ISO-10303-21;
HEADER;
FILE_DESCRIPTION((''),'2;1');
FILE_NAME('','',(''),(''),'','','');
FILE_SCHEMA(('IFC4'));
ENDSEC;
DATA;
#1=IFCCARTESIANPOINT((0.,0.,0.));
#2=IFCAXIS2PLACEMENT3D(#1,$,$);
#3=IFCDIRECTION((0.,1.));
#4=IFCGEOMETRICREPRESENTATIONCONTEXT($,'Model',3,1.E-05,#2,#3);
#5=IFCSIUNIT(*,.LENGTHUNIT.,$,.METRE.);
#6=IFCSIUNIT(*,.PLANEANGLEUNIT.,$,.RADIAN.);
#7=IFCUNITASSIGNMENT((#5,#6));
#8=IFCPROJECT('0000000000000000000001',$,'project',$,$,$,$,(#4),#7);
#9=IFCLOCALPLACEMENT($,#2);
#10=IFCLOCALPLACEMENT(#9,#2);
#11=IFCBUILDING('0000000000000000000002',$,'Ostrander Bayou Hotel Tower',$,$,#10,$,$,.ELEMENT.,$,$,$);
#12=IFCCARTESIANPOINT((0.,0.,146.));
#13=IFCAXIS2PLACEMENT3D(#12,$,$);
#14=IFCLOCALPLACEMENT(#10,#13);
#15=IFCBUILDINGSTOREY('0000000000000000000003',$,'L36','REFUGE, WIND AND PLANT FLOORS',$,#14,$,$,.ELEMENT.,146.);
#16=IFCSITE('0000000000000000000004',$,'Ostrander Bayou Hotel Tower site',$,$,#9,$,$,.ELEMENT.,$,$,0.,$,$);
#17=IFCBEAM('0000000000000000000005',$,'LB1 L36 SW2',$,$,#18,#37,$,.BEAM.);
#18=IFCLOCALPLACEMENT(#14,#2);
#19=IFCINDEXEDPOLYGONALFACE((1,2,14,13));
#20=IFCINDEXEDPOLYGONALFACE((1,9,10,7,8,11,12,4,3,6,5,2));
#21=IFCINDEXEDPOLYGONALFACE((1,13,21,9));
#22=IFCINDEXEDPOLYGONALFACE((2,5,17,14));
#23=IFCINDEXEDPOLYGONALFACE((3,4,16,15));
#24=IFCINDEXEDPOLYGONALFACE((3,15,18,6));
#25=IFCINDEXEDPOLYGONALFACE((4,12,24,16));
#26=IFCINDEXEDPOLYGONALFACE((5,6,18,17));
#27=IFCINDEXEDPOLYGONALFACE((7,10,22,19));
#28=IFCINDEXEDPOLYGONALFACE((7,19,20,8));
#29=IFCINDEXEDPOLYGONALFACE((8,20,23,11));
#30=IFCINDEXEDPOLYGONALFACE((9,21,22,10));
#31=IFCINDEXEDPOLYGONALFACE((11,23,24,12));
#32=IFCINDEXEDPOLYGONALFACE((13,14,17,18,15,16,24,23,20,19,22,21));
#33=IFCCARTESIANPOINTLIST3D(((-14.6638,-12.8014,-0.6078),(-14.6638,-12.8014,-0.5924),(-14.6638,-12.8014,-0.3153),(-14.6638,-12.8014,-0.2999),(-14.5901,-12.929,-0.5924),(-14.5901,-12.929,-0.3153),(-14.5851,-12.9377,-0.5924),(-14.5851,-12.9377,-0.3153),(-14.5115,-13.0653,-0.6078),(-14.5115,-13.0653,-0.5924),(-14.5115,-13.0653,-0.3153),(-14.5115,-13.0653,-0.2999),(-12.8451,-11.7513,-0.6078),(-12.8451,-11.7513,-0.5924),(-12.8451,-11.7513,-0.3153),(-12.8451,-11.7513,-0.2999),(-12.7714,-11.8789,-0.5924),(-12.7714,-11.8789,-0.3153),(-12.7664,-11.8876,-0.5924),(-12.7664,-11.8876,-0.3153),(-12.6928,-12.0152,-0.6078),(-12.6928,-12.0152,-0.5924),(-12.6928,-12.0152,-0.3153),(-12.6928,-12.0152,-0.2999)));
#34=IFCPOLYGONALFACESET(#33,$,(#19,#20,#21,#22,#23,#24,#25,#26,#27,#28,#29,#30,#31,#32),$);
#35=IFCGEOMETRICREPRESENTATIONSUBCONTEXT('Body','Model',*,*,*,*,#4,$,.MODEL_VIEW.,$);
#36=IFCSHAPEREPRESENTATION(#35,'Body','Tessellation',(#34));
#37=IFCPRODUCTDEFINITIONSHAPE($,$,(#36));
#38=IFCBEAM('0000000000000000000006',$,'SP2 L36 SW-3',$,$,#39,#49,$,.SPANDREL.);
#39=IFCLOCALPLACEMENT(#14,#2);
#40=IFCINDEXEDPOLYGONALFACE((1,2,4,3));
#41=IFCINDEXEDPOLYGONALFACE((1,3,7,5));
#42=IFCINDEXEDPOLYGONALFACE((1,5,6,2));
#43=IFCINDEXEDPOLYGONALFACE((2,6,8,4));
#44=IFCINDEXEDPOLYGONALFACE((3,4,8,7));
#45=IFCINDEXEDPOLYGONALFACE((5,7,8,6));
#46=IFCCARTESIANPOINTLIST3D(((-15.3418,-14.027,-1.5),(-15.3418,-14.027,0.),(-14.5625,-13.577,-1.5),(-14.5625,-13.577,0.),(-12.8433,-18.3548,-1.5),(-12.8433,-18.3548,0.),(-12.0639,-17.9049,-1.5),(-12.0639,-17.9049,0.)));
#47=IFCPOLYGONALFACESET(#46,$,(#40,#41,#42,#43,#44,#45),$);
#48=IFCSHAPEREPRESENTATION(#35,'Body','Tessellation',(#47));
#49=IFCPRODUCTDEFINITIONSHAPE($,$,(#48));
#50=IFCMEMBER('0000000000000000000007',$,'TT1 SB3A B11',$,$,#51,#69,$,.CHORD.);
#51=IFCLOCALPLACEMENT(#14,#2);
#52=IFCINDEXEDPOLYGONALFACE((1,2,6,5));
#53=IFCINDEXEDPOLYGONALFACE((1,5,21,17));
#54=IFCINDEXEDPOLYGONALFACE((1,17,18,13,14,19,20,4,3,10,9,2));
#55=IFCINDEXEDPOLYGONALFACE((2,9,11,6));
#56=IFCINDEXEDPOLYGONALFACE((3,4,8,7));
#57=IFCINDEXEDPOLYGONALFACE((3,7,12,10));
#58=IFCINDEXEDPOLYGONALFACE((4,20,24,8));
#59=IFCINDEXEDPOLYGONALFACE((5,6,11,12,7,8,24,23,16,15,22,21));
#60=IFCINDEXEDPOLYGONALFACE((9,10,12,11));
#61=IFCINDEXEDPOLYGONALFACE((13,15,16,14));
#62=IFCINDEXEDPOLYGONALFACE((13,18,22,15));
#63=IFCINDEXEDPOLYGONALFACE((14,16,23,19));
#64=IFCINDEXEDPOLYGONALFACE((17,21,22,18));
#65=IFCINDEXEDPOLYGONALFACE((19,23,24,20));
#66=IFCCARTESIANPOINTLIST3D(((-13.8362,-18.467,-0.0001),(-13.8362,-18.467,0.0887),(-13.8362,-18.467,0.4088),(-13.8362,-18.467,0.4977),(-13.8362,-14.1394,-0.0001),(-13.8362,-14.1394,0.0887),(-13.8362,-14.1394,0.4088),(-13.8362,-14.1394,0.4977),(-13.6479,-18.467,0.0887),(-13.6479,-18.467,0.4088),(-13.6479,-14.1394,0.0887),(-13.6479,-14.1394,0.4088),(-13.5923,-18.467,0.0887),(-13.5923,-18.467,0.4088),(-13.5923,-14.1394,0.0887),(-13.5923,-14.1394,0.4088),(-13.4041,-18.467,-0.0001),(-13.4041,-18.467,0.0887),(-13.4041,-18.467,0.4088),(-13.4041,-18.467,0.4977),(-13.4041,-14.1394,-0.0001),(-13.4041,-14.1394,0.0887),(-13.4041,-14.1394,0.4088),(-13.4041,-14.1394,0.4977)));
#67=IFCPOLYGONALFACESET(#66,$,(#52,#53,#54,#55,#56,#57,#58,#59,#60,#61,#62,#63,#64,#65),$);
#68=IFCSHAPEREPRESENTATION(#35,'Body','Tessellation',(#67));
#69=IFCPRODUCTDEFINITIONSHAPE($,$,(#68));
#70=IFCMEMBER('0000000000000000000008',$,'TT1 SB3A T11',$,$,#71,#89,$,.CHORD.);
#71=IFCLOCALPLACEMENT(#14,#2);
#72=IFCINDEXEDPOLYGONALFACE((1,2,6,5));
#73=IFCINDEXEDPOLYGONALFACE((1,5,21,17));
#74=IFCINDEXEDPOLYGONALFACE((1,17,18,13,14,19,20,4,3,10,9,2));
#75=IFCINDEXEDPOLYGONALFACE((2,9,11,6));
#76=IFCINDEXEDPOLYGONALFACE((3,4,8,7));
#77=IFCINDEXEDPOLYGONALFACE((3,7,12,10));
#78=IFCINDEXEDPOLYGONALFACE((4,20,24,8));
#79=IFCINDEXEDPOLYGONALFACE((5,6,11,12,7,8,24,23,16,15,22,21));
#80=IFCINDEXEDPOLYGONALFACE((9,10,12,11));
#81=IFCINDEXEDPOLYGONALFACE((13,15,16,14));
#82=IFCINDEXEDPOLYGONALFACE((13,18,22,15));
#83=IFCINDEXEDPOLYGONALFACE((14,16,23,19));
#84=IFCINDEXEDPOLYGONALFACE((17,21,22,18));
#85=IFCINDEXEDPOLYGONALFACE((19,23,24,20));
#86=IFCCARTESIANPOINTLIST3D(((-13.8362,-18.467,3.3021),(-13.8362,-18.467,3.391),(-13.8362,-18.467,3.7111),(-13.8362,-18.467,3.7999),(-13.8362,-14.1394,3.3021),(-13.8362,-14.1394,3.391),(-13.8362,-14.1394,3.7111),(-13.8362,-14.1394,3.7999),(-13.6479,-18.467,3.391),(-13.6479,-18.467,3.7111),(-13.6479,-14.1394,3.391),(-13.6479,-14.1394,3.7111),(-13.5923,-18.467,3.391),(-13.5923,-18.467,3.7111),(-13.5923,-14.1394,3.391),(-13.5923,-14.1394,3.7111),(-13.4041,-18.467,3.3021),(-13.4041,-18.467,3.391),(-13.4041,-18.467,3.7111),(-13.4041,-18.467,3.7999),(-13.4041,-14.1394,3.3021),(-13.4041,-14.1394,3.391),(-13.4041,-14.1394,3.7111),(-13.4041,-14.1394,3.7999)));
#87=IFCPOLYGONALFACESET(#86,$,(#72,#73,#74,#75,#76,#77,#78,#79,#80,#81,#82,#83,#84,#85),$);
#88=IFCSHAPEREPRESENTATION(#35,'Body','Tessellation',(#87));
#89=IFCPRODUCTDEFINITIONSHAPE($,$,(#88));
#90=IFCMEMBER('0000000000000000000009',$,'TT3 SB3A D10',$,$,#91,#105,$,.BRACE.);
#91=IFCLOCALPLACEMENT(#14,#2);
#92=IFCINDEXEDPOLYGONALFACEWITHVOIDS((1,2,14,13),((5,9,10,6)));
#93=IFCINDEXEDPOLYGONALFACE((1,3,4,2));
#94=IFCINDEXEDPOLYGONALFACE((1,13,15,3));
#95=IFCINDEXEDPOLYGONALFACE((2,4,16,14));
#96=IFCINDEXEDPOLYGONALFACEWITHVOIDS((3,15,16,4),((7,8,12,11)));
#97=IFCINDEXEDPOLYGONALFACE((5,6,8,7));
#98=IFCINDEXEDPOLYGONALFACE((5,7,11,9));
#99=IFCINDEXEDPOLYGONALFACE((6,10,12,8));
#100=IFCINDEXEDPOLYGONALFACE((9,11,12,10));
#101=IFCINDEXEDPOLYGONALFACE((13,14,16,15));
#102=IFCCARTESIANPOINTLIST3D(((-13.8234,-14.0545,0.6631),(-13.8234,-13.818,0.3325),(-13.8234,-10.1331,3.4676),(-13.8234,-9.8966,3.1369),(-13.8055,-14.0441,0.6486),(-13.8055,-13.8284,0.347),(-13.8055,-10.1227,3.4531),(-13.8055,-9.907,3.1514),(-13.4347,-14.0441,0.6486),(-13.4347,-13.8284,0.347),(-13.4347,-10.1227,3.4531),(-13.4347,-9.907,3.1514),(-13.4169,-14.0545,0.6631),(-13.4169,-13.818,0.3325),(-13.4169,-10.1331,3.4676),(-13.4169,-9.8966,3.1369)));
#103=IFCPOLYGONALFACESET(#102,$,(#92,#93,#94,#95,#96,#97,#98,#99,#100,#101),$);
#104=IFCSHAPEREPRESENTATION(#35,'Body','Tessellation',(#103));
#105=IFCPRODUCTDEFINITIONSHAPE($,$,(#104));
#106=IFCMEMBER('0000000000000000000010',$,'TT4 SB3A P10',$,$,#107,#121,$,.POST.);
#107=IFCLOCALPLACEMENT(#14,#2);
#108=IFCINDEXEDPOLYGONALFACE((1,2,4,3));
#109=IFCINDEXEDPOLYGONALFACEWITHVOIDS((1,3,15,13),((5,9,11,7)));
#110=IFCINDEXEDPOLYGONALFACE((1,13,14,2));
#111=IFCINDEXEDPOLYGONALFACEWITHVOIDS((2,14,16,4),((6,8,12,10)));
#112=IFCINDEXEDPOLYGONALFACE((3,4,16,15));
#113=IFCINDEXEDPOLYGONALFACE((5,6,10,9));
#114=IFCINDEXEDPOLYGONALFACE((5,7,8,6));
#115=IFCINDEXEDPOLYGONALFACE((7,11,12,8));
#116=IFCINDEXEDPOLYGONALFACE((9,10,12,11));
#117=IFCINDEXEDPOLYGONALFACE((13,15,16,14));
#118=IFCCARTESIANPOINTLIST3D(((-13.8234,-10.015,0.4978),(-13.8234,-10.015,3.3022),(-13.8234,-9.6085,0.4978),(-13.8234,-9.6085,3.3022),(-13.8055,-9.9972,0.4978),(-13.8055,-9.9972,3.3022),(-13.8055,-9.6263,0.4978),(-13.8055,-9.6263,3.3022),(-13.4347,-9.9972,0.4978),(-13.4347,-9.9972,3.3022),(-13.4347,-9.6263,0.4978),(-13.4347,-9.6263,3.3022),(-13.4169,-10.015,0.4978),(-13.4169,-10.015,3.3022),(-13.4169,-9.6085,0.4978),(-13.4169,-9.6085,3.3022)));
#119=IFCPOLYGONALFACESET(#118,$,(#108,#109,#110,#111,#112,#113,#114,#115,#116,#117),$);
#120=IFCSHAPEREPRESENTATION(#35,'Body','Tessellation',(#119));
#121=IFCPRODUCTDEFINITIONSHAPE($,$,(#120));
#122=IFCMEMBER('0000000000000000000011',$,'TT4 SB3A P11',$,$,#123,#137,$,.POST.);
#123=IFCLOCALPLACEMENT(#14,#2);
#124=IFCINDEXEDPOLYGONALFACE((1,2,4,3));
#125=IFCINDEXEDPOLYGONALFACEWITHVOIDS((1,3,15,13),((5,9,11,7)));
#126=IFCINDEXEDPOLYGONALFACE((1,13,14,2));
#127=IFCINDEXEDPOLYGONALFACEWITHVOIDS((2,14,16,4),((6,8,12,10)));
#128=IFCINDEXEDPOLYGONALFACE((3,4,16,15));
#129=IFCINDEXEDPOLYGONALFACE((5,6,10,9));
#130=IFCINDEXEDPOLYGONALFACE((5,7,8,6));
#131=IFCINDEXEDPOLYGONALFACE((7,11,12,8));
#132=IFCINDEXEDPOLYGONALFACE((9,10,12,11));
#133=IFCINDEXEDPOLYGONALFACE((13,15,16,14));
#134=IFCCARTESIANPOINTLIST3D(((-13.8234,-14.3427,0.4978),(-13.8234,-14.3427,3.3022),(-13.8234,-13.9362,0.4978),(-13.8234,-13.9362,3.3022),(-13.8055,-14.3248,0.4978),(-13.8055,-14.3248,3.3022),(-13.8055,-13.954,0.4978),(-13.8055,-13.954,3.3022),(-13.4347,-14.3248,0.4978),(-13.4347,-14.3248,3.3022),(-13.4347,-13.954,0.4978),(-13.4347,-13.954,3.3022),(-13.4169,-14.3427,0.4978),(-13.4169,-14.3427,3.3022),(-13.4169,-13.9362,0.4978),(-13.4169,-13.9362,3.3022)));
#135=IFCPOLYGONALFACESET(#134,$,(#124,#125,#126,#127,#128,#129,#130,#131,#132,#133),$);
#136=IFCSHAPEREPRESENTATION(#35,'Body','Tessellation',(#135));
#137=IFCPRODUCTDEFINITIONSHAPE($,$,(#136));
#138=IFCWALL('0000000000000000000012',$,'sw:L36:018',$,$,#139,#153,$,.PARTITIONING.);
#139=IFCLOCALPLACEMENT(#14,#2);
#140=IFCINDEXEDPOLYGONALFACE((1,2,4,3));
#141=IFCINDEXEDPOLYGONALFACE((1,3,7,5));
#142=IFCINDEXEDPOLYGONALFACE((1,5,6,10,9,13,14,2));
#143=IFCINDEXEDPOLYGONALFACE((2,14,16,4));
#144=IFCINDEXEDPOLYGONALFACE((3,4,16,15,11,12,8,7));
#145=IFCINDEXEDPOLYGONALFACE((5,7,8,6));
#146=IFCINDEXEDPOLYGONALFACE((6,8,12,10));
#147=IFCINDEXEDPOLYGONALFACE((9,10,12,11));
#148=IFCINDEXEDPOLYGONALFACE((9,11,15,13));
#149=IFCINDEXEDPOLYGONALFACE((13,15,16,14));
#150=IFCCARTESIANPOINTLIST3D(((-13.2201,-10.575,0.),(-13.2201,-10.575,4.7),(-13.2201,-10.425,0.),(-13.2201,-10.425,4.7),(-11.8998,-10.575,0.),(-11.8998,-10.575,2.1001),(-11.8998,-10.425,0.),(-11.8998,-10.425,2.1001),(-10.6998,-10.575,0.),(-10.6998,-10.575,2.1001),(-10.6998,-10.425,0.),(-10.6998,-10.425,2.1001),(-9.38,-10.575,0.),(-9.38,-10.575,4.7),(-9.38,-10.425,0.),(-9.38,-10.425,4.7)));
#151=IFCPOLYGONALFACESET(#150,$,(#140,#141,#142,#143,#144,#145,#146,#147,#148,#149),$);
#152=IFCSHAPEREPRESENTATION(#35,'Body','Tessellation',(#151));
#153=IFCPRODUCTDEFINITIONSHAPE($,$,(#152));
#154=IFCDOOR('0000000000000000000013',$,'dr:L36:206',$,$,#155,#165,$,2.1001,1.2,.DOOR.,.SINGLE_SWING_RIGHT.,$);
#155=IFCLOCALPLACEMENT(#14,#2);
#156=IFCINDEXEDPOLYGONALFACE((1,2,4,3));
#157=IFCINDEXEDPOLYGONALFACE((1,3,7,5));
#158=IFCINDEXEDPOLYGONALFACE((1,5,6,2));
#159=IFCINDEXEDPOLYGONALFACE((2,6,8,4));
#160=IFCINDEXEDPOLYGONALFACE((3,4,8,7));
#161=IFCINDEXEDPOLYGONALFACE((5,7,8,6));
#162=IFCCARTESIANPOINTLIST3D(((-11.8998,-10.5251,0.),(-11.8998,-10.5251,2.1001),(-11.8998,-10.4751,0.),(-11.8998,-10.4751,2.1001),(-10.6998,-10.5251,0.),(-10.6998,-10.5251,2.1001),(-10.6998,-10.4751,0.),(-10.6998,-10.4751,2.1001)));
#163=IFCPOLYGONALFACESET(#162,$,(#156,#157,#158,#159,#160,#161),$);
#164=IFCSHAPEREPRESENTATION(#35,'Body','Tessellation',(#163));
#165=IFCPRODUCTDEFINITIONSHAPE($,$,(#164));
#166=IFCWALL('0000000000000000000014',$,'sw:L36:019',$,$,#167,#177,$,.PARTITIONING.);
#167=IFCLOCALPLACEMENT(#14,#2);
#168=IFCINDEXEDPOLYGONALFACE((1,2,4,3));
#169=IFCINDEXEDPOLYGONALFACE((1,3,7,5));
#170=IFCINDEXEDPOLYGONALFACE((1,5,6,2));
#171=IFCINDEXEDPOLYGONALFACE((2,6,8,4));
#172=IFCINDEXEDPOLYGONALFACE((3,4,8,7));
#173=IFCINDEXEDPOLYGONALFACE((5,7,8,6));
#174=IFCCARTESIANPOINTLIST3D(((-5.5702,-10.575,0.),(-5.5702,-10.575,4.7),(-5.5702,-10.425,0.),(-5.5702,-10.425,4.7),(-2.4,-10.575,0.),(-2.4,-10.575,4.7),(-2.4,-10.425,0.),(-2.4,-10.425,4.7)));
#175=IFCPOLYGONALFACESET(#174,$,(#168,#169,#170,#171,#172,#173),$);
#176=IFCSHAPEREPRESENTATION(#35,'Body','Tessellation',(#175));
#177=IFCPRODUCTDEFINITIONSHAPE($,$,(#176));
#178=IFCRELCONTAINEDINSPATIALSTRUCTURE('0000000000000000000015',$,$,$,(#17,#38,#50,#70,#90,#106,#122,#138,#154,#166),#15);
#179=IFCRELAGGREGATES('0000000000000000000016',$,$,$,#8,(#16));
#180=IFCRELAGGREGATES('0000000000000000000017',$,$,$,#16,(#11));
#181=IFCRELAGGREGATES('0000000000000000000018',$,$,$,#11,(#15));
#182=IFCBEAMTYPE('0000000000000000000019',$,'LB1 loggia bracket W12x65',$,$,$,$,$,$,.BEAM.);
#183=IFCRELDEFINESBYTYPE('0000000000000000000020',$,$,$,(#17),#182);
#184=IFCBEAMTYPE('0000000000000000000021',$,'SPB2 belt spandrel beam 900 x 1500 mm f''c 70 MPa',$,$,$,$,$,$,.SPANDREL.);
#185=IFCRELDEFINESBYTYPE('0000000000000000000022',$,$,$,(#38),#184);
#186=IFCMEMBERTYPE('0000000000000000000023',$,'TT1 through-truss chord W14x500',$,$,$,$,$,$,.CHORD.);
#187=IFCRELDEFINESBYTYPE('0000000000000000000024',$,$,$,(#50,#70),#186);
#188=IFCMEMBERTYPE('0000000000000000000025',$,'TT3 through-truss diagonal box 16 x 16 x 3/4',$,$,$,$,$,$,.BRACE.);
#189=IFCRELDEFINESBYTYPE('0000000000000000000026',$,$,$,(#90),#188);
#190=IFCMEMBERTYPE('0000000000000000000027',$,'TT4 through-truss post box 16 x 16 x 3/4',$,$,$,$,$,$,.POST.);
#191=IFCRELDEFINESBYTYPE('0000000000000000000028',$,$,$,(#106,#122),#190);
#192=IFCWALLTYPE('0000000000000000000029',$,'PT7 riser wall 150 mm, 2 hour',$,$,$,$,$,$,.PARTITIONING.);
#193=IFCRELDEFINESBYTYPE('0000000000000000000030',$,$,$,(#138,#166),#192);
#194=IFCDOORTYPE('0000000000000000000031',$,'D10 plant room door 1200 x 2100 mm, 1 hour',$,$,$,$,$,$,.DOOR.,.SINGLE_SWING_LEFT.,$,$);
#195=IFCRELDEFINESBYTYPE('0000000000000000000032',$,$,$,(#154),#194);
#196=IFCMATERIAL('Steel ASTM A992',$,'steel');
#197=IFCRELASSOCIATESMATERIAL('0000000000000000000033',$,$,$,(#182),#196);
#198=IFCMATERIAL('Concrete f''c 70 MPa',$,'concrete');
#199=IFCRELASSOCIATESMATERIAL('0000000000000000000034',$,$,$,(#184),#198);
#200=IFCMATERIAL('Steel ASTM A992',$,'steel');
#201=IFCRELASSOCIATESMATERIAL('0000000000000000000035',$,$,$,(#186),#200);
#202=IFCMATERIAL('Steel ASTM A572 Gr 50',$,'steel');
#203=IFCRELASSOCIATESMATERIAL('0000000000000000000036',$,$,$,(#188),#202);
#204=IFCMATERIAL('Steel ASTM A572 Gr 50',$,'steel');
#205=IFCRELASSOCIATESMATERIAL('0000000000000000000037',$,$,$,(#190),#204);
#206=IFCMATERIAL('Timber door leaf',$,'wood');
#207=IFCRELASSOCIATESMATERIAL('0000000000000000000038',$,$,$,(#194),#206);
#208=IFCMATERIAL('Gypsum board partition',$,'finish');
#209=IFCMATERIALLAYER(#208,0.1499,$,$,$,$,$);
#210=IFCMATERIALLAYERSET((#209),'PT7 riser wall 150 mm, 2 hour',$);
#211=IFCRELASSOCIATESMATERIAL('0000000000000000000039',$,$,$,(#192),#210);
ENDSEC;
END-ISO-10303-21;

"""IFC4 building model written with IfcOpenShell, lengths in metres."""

from ifc_helpers import new_model, si_unit, direction, frame, frame_2d, origin, origin_2d, place, context, subcontext, project, spatial, rectangle, hollow_rectangle, i_section, extrude, material, layer, layer_set, material_profile, profile_set, type_object, element, fill, save


model = new_model("IFC4")

# Units and contexts
model_context = context("Model", 3, precision=1e-05, world=origin(), true_north=direction((0.0, 1.0)))
body_context = subcontext(model_context, "Body", "Model", "MODEL_VIEW")
ifc_project = project(units=[si_unit("LENGTHUNIT", "METRE"), si_unit("PLANEANGLEUNIT", "RADIAN")], contexts=[model_context])

# Site, building, storey
site_placement = place(None, origin())
site = spatial("IfcSite", under=ifc_project, at=site_placement, Name="Ostrander Bayou Hotel Tower site", CompositionType="ELEMENT", RefElevation=0.0)
building_placement = place(site_placement, origin())
building = spatial("IfcBuilding", under=site, at=building_placement, Name="Ostrander Bayou Hotel Tower", CompositionType="ELEMENT")
storey_placement = place(building_placement, frame((0.0, 0.0, 146.0)))
storey = spatial("IfcBuildingStorey", under=building, at=storey_placement, Name="L36", Description="REFUGE, WIND AND PLANT FLOORS", CompositionType="ELEMENT", Elevation=146.0)

# Beams
ifc_material_1 = material(Name="Steel ASTM A992", Category="steel")
ifc_material_profile_1 = material_profile(ifc_material_1, i_section(OverallWidth=0.3047, OverallDepth=0.3079, WebThickness=0.01, FlangeThickness=0.0154, at=origin_2d()))
ifc_profile_set_1 = profile_set([ifc_material_profile_1], Name="Steel ASTM A992")
beam_type_1 = type_object("IfcBeamType", Name="LB1 loggia bracket W12x65", PredefinedType="BEAM", material=ifc_profile_set_1)
beam_1_placement = place(storey_placement, frame((-14.5876, -12.9333, -0.4539), z_axis=(0.866009, 0.500028, 0.0), x_axis=(-0.500028, 0.866009, 0.0)))
element("IfcBeam", 1, at=beam_1_placement, inside=storey, type_object=beam_type_1, Name="LB1 L36 SW2", PredefinedType="BEAM", context=body_context, shape_type="SweptSolid", body=[
    extrude(i_section(OverallWidth=0.3047, OverallDepth=0.3079, WebThickness=0.01, FlangeThickness=0.0154, at=origin_2d()), origin(), (0.0, 0.0, 1.0), 2.1001),
])
ifc_material_2 = material(Name="Concrete f'c 70 MPa", Category="concrete")
ifc_material_profile_2 = material_profile(ifc_material_2, rectangle(XDim=0.8999, YDim=1.5, at=origin_2d()))
ifc_profile_set_2 = profile_set([ifc_material_profile_2], Name="Concrete f'c 70 MPa")
beam_type_2 = type_object("IfcBeamType", Name="SPB2 belt spandrel beam 900 x 1500 mm f'c 70 MPa", PredefinedType="SPANDREL", material=ifc_profile_set_2)
beam_2_placement = place(storey_placement, frame((-14.9521, -13.802, -0.75), z_axis=(0.499975, -0.86604, 0.0), x_axis=(0.86604, 0.499975, 0.0)))
element("IfcBeam", 2, at=beam_2_placement, inside=storey, type_object=beam_type_2, Name="SP2 L36 SW-3", PredefinedType="SPANDREL", context=body_context, shape_type="SweptSolid", body=[
    extrude(rectangle(XDim=0.8999, YDim=1.5, at=origin_2d()), origin(), (0.0, 0.0, 1.0), 4.9973),
])

# Members
ifc_material_3 = material(Name="Steel ASTM A992", Category="steel")
ifc_material_profile_3 = material_profile(ifc_material_3, i_section(OverallWidth=0.4321, OverallDepth=0.4978, WebThickness=0.0557, FlangeThickness=0.0889, at=origin_2d()))
ifc_profile_set_3 = profile_set([ifc_material_profile_3], Name="Steel ASTM A992")
member_type_1 = type_object("IfcMemberType", Name="TT1 through-truss chord W14x500", PredefinedType="CHORD", material=ifc_profile_set_3)
for number, where, z_axis, x_axis, name in (
    (3, (-13.6201, -14.1394, 0.2488), (0.0, -1.0, 0.0), (1.0, 0.0, 0.0), "TT1 SB3A B11"),
    (4, (-13.6201, -14.1394, 3.551), (0.0, -1.0, 0.0), (1.0, 0.0, 0.0), "TT1 SB3A T11"),
):
    element("IfcMember", number, at=place(storey_placement, frame(where, z_axis=z_axis, x_axis=x_axis)), inside=storey, type_object=member_type_1, Name=name, PredefinedType="CHORD", context=body_context, shape_type="SweptSolid", body=[
        extrude(i_section(OverallWidth=0.4321, OverallDepth=0.4978, WebThickness=0.0557, FlangeThickness=0.0889, at=origin_2d()), origin(), (0.0, 0.0, 1.0), 4.3276),
    ])
ifc_material_4 = material(Name="Steel ASTM A572 Gr 50", Category="steel")
ifc_material_profile_4 = material_profile(ifc_material_4, hollow_rectangle(XDim=0.4065, YDim=0.4065, WallThickness=0.0178, at=origin_2d()))
ifc_profile_set_4 = profile_set([ifc_material_profile_4], Name="Steel ASTM A572 Gr 50")
member_type_2 = type_object("IfcMemberType", Name="TT3 through-truss diagonal box 16 x 16 x 3/4", PredefinedType="BRACE", material=ifc_profile_set_4)
member_1_placement = place(storey_placement, frame((-13.6201, -13.9363, 0.4978), z_axis=(0.0, 0.813395, 0.581712), x_axis=(-1.0, 0.0, 0.0)))
element("IfcMember", 5, at=member_1_placement, inside=storey, type_object=member_type_2, Name="TT3 SB3A D10", PredefinedType="BRACE", context=body_context, shape_type="SweptSolid", body=[
    extrude(hollow_rectangle(XDim=0.4065, YDim=0.4065, WallThickness=0.0178, at=origin_2d()), origin(), (0.0, 0.0, 1.0), 4.821),
])
ifc_material_5 = material(Name="Steel ASTM A572 Gr 50", Category="steel")
ifc_material_profile_5 = material_profile(ifc_material_5, hollow_rectangle(XDim=0.4065, YDim=0.4065, WallThickness=0.0178, at=origin_2d()))
ifc_profile_set_5 = profile_set([ifc_material_profile_5], Name="Steel ASTM A572 Gr 50")
member_type_3 = type_object("IfcMemberType", Name="TT4 through-truss post box 16 x 16 x 3/4", PredefinedType="POST", material=ifc_profile_set_5)
for number, where, z_axis, x_axis, name in (
    (6, (-13.6201, -9.8118, 0.4978), (0.0, 0.0, 1.0), (1.0, 0.0, 0.0), "TT4 SB3A P10"),
    (7, (-13.6201, -14.1394, 0.4978), (0.0, 0.0, 1.0), (1.0, 0.0, 0.0), "TT4 SB3A P11"),
):
    element("IfcMember", number, at=place(storey_placement, frame(where, z_axis=z_axis, x_axis=x_axis)), inside=storey, type_object=member_type_3, Name=name, PredefinedType="POST", context=body_context, shape_type="SweptSolid", body=[
        extrude(hollow_rectangle(XDim=0.4065, YDim=0.4065, WallThickness=0.0178, at=origin_2d()), origin(), (0.0, 0.0, 1.0), 2.8044),
    ])

# Shared definitions
ifc_material_6 = material(Name="Timber door leaf", Category="wood")
door_type_1 = type_object("IfcDoorType", Name="D10 plant room door 1200 x 2100 mm, 1 hour", OperationType="SINGLE_SWING_LEFT", PredefinedType="DOOR", material=ifc_material_6)

# Wall, opening, door
ifc_material_7 = material(Name="Gypsum board partition", Category="finish")
ifc_layer_1 = layer(ifc_material_7, 0.1499)
ifc_layer_set_1 = layer_set([ifc_layer_1], Name="PT7 riser wall 150 mm, 2 hour")
wall_type_1 = type_object("IfcWallType", Name="PT7 riser wall 150 mm, 2 hour", PredefinedType="PARTITIONING", material=ifc_layer_set_1)
wall_1_placement = place(storey_placement, frame((-13.22, -10.5, 0.0), z_axis=(0.0, 0.0, 1.0), x_axis=(1.0, 0.0, 0.0)))
wall_1 = element("IfcWall", 8, at=wall_1_placement, inside=storey, type_object=wall_type_1, Name="sw:L36:018", PredefinedType="PARTITIONING", context=body_context, shape_type="SweptSolid", body=[
    extrude(rectangle(XDim=3.8401, YDim=0.1499, at=frame_2d((1.9199, 0.0))), origin(), (0.0, 0.0, 1.0), 4.7),
])
opening_1_placement = place(wall_1_placement, frame((1.3201, 0.0, 0.0)))
opening_1 = element("IfcOpeningElement", 9, at=opening_1_placement, cuts=wall_1, PredefinedType="OPENING", context=body_context, shape_type="SweptSolid", body=[
    extrude(rectangle(XDim=1.2, YDim=2.1001, at=frame_2d((0.6001, 1.05))), frame((0.0, 0.075, 0.0), z_axis=(0.0, -1.0, 0.0), x_axis=(1.0, 0.0, 0.0)), (0.0, 0.0, 1.0), 0.1499),
])
door_1_placement = place(opening_1_placement, origin())
door_1 = element("IfcDoor", 10, at=door_1_placement, inside=storey, type_object=door_type_1, Name="dr:L36:206", OperationType="SINGLE_SWING_RIGHT", OverallHeight=2.1001, OverallWidth=1.2, PredefinedType="DOOR", context=body_context, shape_type="SweptSolid", body=[
    extrude(rectangle(XDim=1.2, YDim=2.1001, at=frame_2d((0.6001, 1.05))), frame((0.0, 0.0249, 0.0), z_axis=(0.0, -1.0, 0.0), x_axis=(1.0, 0.0, 0.0)), (0.0, 0.0, 1.0), 0.05),
])
fill(opening_1, door_1)

# Wall
wall_2_placement = place(storey_placement, frame((-5.5701, -10.5, 0.0), z_axis=(0.0, 0.0, 1.0), x_axis=(1.0, 0.0, 0.0)))
element("IfcWall", 11, at=wall_2_placement, inside=storey, type_object=wall_type_1, Name="sw:L36:019", PredefinedType="PARTITIONING", context=body_context, shape_type="SweptSolid", body=[
    extrude(rectangle(XDim=3.1702, YDim=0.1499, at=frame_2d((1.585, 0.0))), origin(), (0.0, 0.0, 1.0), 4.7),
])

save(model, "model.ifc")
